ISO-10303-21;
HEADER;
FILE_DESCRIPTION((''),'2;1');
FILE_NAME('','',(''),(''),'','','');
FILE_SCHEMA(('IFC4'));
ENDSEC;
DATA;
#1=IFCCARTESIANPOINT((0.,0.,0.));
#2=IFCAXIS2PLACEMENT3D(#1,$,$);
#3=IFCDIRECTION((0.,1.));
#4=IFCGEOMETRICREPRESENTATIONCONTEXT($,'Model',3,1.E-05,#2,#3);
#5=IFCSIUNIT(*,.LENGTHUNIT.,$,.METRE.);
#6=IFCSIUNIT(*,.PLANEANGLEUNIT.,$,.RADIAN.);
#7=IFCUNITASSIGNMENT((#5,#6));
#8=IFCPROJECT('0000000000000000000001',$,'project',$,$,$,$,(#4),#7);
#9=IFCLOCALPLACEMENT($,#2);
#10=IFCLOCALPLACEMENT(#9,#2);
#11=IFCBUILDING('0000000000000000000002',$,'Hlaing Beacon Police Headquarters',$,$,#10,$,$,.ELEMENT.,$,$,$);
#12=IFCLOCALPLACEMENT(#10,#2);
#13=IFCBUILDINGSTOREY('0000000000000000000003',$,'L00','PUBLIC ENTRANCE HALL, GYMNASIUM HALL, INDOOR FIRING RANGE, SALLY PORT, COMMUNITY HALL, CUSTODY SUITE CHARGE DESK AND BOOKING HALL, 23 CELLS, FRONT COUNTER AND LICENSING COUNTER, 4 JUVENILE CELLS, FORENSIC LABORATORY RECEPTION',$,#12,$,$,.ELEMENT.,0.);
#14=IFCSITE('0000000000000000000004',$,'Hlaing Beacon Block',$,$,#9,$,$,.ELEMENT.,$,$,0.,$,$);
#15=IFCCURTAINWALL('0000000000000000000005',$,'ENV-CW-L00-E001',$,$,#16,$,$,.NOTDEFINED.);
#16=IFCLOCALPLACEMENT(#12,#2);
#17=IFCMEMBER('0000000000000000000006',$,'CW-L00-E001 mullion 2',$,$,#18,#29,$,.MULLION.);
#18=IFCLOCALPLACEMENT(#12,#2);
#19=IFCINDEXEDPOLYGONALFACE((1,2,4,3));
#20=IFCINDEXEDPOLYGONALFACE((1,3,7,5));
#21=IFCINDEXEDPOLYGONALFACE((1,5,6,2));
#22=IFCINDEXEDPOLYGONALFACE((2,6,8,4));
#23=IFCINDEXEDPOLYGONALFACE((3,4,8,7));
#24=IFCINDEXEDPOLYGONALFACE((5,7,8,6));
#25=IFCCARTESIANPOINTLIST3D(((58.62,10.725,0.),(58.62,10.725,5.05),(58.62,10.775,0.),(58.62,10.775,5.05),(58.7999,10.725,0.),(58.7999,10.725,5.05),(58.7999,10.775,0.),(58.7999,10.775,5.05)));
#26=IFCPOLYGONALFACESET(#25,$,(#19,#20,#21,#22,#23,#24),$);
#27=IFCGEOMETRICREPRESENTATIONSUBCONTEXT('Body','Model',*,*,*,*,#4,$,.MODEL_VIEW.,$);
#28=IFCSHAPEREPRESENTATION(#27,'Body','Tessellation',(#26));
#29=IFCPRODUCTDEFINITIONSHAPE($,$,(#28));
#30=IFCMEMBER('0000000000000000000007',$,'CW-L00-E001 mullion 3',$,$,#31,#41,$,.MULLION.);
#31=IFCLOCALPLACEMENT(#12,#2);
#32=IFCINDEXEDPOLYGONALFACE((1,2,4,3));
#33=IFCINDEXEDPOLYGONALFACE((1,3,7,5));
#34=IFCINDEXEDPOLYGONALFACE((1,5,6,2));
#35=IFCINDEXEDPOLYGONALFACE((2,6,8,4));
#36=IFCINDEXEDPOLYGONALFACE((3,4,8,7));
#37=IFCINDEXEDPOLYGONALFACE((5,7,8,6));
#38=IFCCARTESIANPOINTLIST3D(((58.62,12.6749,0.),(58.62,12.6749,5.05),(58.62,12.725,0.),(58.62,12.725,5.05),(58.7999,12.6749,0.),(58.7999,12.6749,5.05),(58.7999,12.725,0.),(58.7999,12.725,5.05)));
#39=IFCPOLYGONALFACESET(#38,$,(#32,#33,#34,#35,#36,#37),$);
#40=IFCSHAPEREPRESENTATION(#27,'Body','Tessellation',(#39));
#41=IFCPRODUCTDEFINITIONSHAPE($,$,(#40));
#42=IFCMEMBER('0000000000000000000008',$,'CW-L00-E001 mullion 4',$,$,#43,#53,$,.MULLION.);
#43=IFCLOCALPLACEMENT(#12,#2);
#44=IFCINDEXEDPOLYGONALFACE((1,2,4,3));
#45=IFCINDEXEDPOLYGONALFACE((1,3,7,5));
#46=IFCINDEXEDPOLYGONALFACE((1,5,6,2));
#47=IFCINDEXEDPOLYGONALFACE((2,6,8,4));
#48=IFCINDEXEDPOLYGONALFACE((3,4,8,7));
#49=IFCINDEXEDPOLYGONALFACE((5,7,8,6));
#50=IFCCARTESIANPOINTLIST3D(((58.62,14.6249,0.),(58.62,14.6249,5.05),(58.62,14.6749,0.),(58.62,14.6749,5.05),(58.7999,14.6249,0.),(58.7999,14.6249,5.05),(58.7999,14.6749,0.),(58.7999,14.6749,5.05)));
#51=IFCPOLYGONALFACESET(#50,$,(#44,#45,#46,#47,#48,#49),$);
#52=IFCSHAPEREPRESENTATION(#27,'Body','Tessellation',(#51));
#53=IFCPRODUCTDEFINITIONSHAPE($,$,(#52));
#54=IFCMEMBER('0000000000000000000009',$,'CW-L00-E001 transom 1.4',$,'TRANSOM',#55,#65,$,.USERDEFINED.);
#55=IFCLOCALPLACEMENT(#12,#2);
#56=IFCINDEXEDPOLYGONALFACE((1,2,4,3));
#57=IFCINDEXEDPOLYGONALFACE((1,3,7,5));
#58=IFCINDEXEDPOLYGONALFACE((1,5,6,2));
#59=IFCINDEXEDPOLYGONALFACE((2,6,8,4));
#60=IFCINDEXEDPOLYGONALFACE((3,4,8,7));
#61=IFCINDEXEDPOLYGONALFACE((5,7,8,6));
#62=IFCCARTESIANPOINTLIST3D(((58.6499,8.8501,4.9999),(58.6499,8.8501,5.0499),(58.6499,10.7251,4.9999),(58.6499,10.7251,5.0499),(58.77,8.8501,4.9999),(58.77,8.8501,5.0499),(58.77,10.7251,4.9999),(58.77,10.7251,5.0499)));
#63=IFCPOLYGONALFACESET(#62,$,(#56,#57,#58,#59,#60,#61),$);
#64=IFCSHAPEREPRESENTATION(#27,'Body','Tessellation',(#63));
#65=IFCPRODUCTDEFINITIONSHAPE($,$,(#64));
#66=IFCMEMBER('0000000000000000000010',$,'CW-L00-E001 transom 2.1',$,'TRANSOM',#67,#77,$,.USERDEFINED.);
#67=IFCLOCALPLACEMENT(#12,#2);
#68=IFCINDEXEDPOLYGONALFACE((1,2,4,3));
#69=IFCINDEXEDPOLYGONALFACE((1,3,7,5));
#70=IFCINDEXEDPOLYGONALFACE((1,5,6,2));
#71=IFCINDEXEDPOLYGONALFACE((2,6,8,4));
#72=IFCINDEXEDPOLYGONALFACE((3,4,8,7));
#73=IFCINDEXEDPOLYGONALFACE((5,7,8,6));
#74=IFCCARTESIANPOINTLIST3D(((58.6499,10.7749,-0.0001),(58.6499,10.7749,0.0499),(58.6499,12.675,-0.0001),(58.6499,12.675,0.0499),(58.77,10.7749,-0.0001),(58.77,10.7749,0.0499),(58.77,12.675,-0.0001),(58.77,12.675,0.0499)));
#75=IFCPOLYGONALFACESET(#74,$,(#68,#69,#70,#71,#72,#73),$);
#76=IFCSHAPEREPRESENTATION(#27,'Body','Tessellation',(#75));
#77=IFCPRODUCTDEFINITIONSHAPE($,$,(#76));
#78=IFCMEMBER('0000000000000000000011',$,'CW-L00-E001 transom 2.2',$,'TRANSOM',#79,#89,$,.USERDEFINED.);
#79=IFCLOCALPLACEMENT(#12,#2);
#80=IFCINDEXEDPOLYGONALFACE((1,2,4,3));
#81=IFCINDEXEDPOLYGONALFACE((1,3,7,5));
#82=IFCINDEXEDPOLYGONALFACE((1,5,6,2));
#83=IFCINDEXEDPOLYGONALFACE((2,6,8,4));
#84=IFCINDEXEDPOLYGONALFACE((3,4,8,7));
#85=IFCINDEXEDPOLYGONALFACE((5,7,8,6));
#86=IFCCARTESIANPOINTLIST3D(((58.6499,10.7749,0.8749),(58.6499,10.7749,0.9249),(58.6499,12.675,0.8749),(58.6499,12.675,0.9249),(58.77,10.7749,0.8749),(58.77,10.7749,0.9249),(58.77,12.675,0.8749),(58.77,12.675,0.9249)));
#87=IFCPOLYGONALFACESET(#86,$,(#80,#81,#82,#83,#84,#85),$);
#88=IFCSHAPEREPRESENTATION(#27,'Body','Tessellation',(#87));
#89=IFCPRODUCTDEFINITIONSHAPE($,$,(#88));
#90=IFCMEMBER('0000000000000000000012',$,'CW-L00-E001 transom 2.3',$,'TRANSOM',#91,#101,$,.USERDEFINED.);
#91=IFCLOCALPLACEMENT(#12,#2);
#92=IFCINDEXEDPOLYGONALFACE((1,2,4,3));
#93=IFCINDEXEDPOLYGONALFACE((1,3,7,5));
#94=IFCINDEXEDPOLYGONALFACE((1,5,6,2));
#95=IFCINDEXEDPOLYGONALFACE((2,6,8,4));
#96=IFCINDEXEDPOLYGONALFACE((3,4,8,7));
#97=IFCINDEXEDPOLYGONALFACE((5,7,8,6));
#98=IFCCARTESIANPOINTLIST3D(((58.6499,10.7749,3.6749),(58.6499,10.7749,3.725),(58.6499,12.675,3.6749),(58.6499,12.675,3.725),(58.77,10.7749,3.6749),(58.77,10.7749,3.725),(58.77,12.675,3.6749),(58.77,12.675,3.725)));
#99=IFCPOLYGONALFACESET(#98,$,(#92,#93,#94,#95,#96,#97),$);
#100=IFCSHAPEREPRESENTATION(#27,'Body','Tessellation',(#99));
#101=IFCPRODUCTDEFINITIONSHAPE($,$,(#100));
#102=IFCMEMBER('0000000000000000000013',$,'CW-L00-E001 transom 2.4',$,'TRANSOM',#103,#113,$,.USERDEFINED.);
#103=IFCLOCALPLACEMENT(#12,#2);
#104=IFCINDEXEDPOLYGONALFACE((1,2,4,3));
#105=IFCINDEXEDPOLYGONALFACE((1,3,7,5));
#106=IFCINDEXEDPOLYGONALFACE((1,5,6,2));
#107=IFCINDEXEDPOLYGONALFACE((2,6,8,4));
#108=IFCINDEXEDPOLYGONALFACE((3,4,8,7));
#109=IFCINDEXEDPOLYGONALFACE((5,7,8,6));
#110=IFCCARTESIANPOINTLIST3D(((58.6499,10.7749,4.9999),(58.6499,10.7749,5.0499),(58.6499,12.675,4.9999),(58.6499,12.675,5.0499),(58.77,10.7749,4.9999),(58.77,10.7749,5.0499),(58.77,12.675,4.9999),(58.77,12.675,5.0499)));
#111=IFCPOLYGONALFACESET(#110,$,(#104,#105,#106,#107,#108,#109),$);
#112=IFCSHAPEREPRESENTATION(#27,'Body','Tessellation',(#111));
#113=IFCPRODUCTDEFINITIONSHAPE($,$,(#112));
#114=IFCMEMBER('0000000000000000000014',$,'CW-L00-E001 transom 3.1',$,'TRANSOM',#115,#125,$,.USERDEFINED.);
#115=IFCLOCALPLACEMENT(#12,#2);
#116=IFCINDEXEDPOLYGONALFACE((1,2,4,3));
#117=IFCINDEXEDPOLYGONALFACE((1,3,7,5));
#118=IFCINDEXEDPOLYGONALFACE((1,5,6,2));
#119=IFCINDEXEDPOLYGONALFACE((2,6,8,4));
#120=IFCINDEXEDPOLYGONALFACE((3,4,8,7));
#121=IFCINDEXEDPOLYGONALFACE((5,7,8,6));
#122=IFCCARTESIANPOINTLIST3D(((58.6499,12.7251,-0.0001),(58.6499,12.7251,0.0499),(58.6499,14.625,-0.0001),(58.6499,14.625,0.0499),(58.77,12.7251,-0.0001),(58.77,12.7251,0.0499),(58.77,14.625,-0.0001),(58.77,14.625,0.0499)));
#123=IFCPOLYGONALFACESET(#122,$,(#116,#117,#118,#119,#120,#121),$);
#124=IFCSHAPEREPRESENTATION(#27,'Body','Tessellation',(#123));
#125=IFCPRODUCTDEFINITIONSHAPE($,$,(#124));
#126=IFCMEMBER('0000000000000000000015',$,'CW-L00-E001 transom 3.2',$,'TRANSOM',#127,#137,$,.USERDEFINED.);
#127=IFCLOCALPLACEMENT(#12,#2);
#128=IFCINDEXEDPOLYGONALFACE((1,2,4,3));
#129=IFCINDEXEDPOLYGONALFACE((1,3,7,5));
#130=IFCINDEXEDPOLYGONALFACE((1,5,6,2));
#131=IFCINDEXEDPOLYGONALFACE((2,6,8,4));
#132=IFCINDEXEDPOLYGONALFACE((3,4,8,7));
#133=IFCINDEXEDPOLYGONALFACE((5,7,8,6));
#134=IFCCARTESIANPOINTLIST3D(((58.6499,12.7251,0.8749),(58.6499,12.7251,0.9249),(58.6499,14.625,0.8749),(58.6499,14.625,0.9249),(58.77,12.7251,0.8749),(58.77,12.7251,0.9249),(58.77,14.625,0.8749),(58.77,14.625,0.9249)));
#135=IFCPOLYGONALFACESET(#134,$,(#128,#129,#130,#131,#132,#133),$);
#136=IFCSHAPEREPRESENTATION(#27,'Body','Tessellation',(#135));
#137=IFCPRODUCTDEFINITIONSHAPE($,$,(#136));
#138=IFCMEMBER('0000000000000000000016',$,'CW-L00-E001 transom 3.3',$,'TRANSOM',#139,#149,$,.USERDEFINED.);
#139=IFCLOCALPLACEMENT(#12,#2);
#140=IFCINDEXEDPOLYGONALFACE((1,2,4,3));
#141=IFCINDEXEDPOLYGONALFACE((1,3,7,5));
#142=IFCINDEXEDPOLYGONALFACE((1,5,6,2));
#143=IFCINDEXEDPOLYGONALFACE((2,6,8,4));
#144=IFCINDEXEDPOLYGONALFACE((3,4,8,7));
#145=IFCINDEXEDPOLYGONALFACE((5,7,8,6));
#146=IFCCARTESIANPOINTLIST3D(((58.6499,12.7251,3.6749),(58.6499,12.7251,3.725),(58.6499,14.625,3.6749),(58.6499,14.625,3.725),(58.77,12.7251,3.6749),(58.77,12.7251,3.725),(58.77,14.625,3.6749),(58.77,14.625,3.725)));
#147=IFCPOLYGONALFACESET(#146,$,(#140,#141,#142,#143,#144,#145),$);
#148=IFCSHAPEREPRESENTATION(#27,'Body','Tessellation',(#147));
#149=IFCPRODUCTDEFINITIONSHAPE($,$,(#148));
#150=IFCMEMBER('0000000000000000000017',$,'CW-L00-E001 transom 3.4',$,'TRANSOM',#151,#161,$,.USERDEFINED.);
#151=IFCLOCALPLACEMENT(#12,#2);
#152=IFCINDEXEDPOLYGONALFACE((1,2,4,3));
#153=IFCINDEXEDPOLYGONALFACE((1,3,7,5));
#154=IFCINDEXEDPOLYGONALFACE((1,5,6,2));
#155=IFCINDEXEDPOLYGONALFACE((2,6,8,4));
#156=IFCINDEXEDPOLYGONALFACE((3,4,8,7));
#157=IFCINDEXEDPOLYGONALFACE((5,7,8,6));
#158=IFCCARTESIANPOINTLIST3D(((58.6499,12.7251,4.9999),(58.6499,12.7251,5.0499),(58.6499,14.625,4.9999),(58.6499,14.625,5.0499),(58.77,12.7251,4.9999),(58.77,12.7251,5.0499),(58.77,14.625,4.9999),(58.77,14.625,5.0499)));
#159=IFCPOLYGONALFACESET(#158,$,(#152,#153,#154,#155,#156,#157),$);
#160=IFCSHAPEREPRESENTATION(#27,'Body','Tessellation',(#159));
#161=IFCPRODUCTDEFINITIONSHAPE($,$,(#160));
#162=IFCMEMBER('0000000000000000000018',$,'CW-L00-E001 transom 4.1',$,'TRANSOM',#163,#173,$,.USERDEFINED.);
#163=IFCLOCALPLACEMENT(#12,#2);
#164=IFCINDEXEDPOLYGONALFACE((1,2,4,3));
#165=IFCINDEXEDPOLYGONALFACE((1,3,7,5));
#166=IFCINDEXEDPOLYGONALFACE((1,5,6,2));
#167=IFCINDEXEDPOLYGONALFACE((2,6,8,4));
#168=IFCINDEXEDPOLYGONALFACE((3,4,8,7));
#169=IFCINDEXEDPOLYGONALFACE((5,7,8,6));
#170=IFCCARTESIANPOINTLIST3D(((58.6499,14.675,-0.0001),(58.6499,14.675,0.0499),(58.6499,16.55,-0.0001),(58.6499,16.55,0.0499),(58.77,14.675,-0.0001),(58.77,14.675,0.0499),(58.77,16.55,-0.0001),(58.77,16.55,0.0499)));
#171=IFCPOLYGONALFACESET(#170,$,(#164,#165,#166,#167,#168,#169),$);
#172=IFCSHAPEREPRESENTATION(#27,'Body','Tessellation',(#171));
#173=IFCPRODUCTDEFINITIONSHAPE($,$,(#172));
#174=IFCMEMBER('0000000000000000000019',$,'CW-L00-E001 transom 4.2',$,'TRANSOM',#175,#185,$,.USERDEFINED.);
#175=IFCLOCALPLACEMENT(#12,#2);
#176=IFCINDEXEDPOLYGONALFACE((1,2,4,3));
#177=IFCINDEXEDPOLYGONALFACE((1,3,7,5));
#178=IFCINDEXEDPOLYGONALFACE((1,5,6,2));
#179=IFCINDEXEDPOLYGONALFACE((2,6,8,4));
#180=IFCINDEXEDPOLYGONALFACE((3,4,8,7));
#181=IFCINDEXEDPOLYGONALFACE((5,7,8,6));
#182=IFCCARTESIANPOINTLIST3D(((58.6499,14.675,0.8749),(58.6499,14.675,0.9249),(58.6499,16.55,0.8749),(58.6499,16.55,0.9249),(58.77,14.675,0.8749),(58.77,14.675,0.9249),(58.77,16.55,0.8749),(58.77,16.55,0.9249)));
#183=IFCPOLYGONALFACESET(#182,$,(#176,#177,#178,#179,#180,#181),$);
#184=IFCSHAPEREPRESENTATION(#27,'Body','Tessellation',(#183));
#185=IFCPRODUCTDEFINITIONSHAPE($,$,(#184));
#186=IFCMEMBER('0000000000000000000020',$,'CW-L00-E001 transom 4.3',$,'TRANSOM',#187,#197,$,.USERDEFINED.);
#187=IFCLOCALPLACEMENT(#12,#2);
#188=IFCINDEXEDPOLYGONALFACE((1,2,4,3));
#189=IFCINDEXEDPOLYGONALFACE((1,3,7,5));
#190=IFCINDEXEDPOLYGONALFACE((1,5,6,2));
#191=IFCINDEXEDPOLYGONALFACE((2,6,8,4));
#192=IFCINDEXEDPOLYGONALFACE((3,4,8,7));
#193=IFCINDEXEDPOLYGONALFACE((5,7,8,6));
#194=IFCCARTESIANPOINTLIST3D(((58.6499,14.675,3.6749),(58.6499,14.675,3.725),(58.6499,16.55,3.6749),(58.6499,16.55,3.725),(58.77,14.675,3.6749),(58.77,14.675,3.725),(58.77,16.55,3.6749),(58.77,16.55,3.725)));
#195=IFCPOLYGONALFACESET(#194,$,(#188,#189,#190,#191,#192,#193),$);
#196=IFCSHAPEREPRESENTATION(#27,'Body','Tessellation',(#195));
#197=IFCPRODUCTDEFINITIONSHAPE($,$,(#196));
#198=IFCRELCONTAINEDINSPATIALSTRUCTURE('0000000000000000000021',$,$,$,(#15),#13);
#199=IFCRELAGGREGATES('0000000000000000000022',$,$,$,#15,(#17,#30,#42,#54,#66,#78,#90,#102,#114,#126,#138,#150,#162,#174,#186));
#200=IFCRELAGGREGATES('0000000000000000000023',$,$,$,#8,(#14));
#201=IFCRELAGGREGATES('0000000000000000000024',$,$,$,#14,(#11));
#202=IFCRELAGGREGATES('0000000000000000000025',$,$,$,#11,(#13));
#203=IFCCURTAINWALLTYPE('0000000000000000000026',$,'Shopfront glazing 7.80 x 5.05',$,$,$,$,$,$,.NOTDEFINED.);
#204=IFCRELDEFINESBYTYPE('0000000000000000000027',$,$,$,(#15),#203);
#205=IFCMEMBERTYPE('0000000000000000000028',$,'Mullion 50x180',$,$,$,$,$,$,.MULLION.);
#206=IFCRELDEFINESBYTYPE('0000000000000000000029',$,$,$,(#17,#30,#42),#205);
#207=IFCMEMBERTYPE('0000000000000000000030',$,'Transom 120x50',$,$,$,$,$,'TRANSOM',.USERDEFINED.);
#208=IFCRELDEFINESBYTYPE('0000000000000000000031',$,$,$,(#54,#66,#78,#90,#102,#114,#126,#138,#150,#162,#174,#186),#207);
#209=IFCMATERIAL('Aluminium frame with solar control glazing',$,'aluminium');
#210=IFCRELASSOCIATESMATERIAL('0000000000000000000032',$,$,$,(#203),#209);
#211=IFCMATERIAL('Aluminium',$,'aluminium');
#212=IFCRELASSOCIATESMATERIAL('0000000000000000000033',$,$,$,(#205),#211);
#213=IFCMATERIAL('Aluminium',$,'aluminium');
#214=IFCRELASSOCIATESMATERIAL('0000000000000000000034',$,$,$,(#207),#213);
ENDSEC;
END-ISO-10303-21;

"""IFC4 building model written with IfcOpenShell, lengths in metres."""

from ifc_helpers import new_model, si_unit, direction, frame, origin, origin_2d, place, context, subcontext, project, spatial, rectangle, extrude, material, material_profile, profile_set, type_object, element, aggregate, save


model = new_model("IFC4")

# Units and contexts
model_context = context("Model", 3, precision=1e-05, world=origin(), true_north=direction((0.0, 1.0)))
body_context = subcontext(model_context, "Body", "Model", "MODEL_VIEW")
ifc_project = project(units=[si_unit("LENGTHUNIT", "METRE"), si_unit("PLANEANGLEUNIT", "RADIAN")], contexts=[model_context])

# Site, building, storey
site_placement = place(None, origin())
site = spatial("IfcSite", under=ifc_project, at=site_placement, Name="Hlaing Beacon Block", CompositionType="ELEMENT", RefElevation=0.0)
building_placement = place(site_placement, origin())
building = spatial("IfcBuilding", under=site, at=building_placement, Name="Hlaing Beacon Police Headquarters", CompositionType="ELEMENT")
storey_placement = place(building_placement, origin())
storey = spatial("IfcBuildingStorey", under=building, at=storey_placement, Name="L00", Description="PUBLIC ENTRANCE HALL, GYMNASIUM HALL, INDOOR FIRING RANGE, SALLY PORT, COMMUNITY HALL, CUSTODY SUITE CHARGE DESK AND BOOKING HALL, 23 CELLS, FRONT COUNTER AND LICENSING COUNTER, 4 JUVENILE CELLS, FORENSIC LABORATORY RECEPTION", CompositionType="ELEMENT", Elevation=0.0)

# Curtain wall, members
ifc_material_1 = material(Name="Aluminium frame with solar control glazing", Category="aluminium")
curtain_wall_type = type_object("IfcCurtainWallType", Name="Shopfront glazing 7.80 x 5.05", PredefinedType="NOTDEFINED", material=ifc_material_1)
curtain_wall_placement = place(storey_placement, origin())
curtain_wall = element("IfcCurtainWall", 1, at=curtain_wall_placement, inside=storey, type_object=curtain_wall_type, Name="ENV-CW-L00-E001", PredefinedType="NOTDEFINED")
ifc_material_2 = material(Name="Aluminium", Category="aluminium")
ifc_material_profile_1 = material_profile(ifc_material_2, rectangle(XDim=0.1799, YDim=0.05, at=origin_2d()), Name="Mullion 50x180")
ifc_profile_set_1 = profile_set([ifc_material_profile_1], Name="Aluminium")
member_type_1 = type_object("IfcMemberType", Name="Mullion 50x180", PredefinedType="MULLION", material=ifc_profile_set_1)
member_1_placement = place(storey_placement, frame((58.71, 10.75, 0.0), z_axis=(0.0, 0.0, 1.0), x_axis=(-1.0, 0.0, 0.0)))
member_1 = element("IfcMember", 2, at=member_1_placement, type_object=member_type_1, Name="CW-L00-E001 mullion 2", PredefinedType="MULLION", context=body_context, shape_type="SweptSolid", body=[
    extrude(rectangle(XDim=0.1799, YDim=0.05, at=origin_2d()), origin(), (0.0, 0.0, 1.0), 5.05),
])
member_2_placement = place(storey_placement, frame((58.71, 12.7, 0.0), z_axis=(0.0, 0.0, 1.0), x_axis=(-1.0, 0.0, 0.0)))
member_2 = element("IfcMember", 3, at=member_2_placement, type_object=member_type_1, Name="CW-L00-E001 mullion 3", PredefinedType="MULLION", context=body_context, shape_type="SweptSolid", body=[
    extrude(rectangle(XDim=0.1799, YDim=0.05, at=origin_2d()), origin(), (0.0, 0.0, 1.0), 5.05),
])
member_3_placement = place(storey_placement, frame((58.71, 14.6499, 0.0), z_axis=(0.0, 0.0, 1.0), x_axis=(-1.0, 0.0, 0.0)))
member_3 = element("IfcMember", 4, at=member_3_placement, type_object=member_type_1, Name="CW-L00-E001 mullion 4", PredefinedType="MULLION", context=body_context, shape_type="SweptSolid", body=[
    extrude(rectangle(XDim=0.1799, YDim=0.05, at=origin_2d()), origin(), (0.0, 0.0, 1.0), 5.05),
])
ifc_material_3 = material(Name="Aluminium", Category="aluminium")
ifc_material_profile_2 = material_profile(ifc_material_3, rectangle(XDim=0.1201, YDim=0.05, at=origin_2d()), Name="Transom 120x50")
ifc_profile_set_2 = profile_set([ifc_material_profile_2], Name="Aluminium")
member_type_2 = type_object("IfcMemberType", Name="Transom 120x50", ElementType="TRANSOM", PredefinedType="USERDEFINED", material=ifc_profile_set_2)
member_4_placement = place(storey_placement, frame((58.71, 8.8501, 5.0249), z_axis=(0.0, 1.0, 0.0), x_axis=(-1.0, 0.0, 0.0)))
member_4 = element("IfcMember", 5, at=member_4_placement, type_object=member_type_2, Name="CW-L00-E001 transom 1.4", ObjectType="TRANSOM", PredefinedType="USERDEFINED", context=body_context, shape_type="SweptSolid", body=[
    extrude(rectangle(XDim=0.1201, YDim=0.05, at=origin_2d()), origin(), (0.0, 0.0, 1.0), 1.875),
])
member_5_placement = place(storey_placement, frame((58.71, 10.7749, 0.0249), z_axis=(0.0, 1.0, 0.0), x_axis=(-1.0, 0.0, 0.0)))
member_5 = element("IfcMember", 6, at=member_5_placement, type_object=member_type_2, Name="CW-L00-E001 transom 2.1", ObjectType="TRANSOM", PredefinedType="USERDEFINED", context=body_context, shape_type="SweptSolid", body=[
    extrude(rectangle(XDim=0.1201, YDim=0.05, at=origin_2d()), origin(), (0.0, 0.0, 1.0), 1.9001),
])
member_6_placement = place(storey_placement, frame((58.71, 10.7749, 0.8999), z_axis=(0.0, 1.0, 0.0), x_axis=(-1.0, 0.0, 0.0)))
member_6 = element("IfcMember", 7, at=member_6_placement, type_object=member_type_2, Name="CW-L00-E001 transom 2.2", ObjectType="TRANSOM", PredefinedType="USERDEFINED", context=body_context, shape_type="SweptSolid", body=[
    extrude(rectangle(XDim=0.1201, YDim=0.05, at=origin_2d()), origin(), (0.0, 0.0, 1.0), 1.9001),
])
member_7_placement = place(storey_placement, frame((58.71, 10.7749, 3.7), z_axis=(0.0, 1.0, 0.0), x_axis=(-1.0, 0.0, 0.0)))
member_7 = element("IfcMember", 8, at=member_7_placement, type_object=member_type_2, Name="CW-L00-E001 transom 2.3", ObjectType="TRANSOM", PredefinedType="USERDEFINED", context=body_context, shape_type="SweptSolid", body=[
    extrude(rectangle(XDim=0.1201, YDim=0.05, at=origin_2d()), origin(), (0.0, 0.0, 1.0), 1.9001),
])
member_8_placement = place(storey_placement, frame((58.71, 10.7749, 5.0249), z_axis=(0.0, 1.0, 0.0), x_axis=(-1.0, 0.0, 0.0)))
member_8 = element("IfcMember", 9, at=member_8_placement, type_object=member_type_2, Name="CW-L00-E001 transom 2.4", ObjectType="TRANSOM", PredefinedType="USERDEFINED", context=body_context, shape_type="SweptSolid", body=[
    extrude(rectangle(XDim=0.1201, YDim=0.05, at=origin_2d()), origin(), (0.0, 0.0, 1.0), 1.9001),
])
member_9_placement = place(storey_placement, frame((58.71, 12.7251, 0.0249), z_axis=(0.0, 1.0, 0.0), x_axis=(-1.0, 0.0, 0.0)))
member_9 = element("IfcMember", 10, at=member_9_placement, type_object=member_type_2, Name="CW-L00-E001 transom 3.1", ObjectType="TRANSOM", PredefinedType="USERDEFINED", context=body_context, shape_type="SweptSolid", body=[
    extrude(rectangle(XDim=0.1201, YDim=0.05, at=origin_2d()), origin(), (0.0, 0.0, 1.0), 1.8999),
])
member_10_placement = place(storey_placement, frame((58.71, 12.7251, 0.8999), z_axis=(0.0, 1.0, 0.0), x_axis=(-1.0, 0.0, 0.0)))
member_10 = element("IfcMember", 11, at=member_10_placement, type_object=member_type_2, Name="CW-L00-E001 transom 3.2", ObjectType="TRANSOM", PredefinedType="USERDEFINED", context=body_context, shape_type="SweptSolid", body=[
    extrude(rectangle(XDim=0.1201, YDim=0.05, at=origin_2d()), origin(), (0.0, 0.0, 1.0), 1.8999),
])
member_11_placement = place(storey_placement, frame((58.71, 12.7251, 3.7), z_axis=(0.0, 1.0, 0.0), x_axis=(-1.0, 0.0, 0.0)))
member_11 = element("IfcMember", 12, at=member_11_placement, type_object=member_type_2, Name="CW-L00-E001 transom 3.3", ObjectType="TRANSOM", PredefinedType="USERDEFINED", context=body_context, shape_type="SweptSolid", body=[
    extrude(rectangle(XDim=0.1201, YDim=0.05, at=origin_2d()), origin(), (0.0, 0.0, 1.0), 1.8999),
])
member_12_placement = place(storey_placement, frame((58.71, 12.7251, 5.0249), z_axis=(0.0, 1.0, 0.0), x_axis=(-1.0, 0.0, 0.0)))
member_12 = element("IfcMember", 13, at=member_12_placement, type_object=member_type_2, Name="CW-L00-E001 transom 3.4", ObjectType="TRANSOM", PredefinedType="USERDEFINED", context=body_context, shape_type="SweptSolid", body=[
    extrude(rectangle(XDim=0.1201, YDim=0.05, at=origin_2d()), origin(), (0.0, 0.0, 1.0), 1.8999),
])
member_13_placement = place(storey_placement, frame((58.71, 14.675, 0.0249), z_axis=(0.0, 1.0, 0.0), x_axis=(-1.0, 0.0, 0.0)))
member_13 = element("IfcMember", 14, at=member_13_placement, type_object=member_type_2, Name="CW-L00-E001 transom 4.1", ObjectType="TRANSOM", PredefinedType="USERDEFINED", context=body_context, shape_type="SweptSolid", body=[
    extrude(rectangle(XDim=0.1201, YDim=0.05, at=origin_2d()), origin(), (0.0, 0.0, 1.0), 1.875),
])
member_14_placement = place(storey_placement, frame((58.71, 14.675, 0.8999), z_axis=(0.0, 1.0, 0.0), x_axis=(-1.0, 0.0, 0.0)))
member_14 = element("IfcMember", 15, at=member_14_placement, type_object=member_type_2, Name="CW-L00-E001 transom 4.2", ObjectType="TRANSOM", PredefinedType="USERDEFINED", context=body_context, shape_type="SweptSolid", body=[
    extrude(rectangle(XDim=0.1201, YDim=0.05, at=origin_2d()), origin(), (0.0, 0.0, 1.0), 1.875),
])
member_15_placement = place(storey_placement, frame((58.71, 14.675, 3.7), z_axis=(0.0, 1.0, 0.0), x_axis=(-1.0, 0.0, 0.0)))
member_15 = element("IfcMember", 16, at=member_15_placement, type_object=member_type_2, Name="CW-L00-E001 transom 4.3", ObjectType="TRANSOM", PredefinedType="USERDEFINED", context=body_context, shape_type="SweptSolid", body=[
    extrude(rectangle(XDim=0.1201, YDim=0.05, at=origin_2d()), origin(), (0.0, 0.0, 1.0), 1.875),
])
aggregate(curtain_wall, [member_1, member_2, member_3, member_4, member_5, member_6, member_7, member_8, member_9, member_10, member_11, member_12, member_13, member_14, member_15])

save(model, "model.ifc")
